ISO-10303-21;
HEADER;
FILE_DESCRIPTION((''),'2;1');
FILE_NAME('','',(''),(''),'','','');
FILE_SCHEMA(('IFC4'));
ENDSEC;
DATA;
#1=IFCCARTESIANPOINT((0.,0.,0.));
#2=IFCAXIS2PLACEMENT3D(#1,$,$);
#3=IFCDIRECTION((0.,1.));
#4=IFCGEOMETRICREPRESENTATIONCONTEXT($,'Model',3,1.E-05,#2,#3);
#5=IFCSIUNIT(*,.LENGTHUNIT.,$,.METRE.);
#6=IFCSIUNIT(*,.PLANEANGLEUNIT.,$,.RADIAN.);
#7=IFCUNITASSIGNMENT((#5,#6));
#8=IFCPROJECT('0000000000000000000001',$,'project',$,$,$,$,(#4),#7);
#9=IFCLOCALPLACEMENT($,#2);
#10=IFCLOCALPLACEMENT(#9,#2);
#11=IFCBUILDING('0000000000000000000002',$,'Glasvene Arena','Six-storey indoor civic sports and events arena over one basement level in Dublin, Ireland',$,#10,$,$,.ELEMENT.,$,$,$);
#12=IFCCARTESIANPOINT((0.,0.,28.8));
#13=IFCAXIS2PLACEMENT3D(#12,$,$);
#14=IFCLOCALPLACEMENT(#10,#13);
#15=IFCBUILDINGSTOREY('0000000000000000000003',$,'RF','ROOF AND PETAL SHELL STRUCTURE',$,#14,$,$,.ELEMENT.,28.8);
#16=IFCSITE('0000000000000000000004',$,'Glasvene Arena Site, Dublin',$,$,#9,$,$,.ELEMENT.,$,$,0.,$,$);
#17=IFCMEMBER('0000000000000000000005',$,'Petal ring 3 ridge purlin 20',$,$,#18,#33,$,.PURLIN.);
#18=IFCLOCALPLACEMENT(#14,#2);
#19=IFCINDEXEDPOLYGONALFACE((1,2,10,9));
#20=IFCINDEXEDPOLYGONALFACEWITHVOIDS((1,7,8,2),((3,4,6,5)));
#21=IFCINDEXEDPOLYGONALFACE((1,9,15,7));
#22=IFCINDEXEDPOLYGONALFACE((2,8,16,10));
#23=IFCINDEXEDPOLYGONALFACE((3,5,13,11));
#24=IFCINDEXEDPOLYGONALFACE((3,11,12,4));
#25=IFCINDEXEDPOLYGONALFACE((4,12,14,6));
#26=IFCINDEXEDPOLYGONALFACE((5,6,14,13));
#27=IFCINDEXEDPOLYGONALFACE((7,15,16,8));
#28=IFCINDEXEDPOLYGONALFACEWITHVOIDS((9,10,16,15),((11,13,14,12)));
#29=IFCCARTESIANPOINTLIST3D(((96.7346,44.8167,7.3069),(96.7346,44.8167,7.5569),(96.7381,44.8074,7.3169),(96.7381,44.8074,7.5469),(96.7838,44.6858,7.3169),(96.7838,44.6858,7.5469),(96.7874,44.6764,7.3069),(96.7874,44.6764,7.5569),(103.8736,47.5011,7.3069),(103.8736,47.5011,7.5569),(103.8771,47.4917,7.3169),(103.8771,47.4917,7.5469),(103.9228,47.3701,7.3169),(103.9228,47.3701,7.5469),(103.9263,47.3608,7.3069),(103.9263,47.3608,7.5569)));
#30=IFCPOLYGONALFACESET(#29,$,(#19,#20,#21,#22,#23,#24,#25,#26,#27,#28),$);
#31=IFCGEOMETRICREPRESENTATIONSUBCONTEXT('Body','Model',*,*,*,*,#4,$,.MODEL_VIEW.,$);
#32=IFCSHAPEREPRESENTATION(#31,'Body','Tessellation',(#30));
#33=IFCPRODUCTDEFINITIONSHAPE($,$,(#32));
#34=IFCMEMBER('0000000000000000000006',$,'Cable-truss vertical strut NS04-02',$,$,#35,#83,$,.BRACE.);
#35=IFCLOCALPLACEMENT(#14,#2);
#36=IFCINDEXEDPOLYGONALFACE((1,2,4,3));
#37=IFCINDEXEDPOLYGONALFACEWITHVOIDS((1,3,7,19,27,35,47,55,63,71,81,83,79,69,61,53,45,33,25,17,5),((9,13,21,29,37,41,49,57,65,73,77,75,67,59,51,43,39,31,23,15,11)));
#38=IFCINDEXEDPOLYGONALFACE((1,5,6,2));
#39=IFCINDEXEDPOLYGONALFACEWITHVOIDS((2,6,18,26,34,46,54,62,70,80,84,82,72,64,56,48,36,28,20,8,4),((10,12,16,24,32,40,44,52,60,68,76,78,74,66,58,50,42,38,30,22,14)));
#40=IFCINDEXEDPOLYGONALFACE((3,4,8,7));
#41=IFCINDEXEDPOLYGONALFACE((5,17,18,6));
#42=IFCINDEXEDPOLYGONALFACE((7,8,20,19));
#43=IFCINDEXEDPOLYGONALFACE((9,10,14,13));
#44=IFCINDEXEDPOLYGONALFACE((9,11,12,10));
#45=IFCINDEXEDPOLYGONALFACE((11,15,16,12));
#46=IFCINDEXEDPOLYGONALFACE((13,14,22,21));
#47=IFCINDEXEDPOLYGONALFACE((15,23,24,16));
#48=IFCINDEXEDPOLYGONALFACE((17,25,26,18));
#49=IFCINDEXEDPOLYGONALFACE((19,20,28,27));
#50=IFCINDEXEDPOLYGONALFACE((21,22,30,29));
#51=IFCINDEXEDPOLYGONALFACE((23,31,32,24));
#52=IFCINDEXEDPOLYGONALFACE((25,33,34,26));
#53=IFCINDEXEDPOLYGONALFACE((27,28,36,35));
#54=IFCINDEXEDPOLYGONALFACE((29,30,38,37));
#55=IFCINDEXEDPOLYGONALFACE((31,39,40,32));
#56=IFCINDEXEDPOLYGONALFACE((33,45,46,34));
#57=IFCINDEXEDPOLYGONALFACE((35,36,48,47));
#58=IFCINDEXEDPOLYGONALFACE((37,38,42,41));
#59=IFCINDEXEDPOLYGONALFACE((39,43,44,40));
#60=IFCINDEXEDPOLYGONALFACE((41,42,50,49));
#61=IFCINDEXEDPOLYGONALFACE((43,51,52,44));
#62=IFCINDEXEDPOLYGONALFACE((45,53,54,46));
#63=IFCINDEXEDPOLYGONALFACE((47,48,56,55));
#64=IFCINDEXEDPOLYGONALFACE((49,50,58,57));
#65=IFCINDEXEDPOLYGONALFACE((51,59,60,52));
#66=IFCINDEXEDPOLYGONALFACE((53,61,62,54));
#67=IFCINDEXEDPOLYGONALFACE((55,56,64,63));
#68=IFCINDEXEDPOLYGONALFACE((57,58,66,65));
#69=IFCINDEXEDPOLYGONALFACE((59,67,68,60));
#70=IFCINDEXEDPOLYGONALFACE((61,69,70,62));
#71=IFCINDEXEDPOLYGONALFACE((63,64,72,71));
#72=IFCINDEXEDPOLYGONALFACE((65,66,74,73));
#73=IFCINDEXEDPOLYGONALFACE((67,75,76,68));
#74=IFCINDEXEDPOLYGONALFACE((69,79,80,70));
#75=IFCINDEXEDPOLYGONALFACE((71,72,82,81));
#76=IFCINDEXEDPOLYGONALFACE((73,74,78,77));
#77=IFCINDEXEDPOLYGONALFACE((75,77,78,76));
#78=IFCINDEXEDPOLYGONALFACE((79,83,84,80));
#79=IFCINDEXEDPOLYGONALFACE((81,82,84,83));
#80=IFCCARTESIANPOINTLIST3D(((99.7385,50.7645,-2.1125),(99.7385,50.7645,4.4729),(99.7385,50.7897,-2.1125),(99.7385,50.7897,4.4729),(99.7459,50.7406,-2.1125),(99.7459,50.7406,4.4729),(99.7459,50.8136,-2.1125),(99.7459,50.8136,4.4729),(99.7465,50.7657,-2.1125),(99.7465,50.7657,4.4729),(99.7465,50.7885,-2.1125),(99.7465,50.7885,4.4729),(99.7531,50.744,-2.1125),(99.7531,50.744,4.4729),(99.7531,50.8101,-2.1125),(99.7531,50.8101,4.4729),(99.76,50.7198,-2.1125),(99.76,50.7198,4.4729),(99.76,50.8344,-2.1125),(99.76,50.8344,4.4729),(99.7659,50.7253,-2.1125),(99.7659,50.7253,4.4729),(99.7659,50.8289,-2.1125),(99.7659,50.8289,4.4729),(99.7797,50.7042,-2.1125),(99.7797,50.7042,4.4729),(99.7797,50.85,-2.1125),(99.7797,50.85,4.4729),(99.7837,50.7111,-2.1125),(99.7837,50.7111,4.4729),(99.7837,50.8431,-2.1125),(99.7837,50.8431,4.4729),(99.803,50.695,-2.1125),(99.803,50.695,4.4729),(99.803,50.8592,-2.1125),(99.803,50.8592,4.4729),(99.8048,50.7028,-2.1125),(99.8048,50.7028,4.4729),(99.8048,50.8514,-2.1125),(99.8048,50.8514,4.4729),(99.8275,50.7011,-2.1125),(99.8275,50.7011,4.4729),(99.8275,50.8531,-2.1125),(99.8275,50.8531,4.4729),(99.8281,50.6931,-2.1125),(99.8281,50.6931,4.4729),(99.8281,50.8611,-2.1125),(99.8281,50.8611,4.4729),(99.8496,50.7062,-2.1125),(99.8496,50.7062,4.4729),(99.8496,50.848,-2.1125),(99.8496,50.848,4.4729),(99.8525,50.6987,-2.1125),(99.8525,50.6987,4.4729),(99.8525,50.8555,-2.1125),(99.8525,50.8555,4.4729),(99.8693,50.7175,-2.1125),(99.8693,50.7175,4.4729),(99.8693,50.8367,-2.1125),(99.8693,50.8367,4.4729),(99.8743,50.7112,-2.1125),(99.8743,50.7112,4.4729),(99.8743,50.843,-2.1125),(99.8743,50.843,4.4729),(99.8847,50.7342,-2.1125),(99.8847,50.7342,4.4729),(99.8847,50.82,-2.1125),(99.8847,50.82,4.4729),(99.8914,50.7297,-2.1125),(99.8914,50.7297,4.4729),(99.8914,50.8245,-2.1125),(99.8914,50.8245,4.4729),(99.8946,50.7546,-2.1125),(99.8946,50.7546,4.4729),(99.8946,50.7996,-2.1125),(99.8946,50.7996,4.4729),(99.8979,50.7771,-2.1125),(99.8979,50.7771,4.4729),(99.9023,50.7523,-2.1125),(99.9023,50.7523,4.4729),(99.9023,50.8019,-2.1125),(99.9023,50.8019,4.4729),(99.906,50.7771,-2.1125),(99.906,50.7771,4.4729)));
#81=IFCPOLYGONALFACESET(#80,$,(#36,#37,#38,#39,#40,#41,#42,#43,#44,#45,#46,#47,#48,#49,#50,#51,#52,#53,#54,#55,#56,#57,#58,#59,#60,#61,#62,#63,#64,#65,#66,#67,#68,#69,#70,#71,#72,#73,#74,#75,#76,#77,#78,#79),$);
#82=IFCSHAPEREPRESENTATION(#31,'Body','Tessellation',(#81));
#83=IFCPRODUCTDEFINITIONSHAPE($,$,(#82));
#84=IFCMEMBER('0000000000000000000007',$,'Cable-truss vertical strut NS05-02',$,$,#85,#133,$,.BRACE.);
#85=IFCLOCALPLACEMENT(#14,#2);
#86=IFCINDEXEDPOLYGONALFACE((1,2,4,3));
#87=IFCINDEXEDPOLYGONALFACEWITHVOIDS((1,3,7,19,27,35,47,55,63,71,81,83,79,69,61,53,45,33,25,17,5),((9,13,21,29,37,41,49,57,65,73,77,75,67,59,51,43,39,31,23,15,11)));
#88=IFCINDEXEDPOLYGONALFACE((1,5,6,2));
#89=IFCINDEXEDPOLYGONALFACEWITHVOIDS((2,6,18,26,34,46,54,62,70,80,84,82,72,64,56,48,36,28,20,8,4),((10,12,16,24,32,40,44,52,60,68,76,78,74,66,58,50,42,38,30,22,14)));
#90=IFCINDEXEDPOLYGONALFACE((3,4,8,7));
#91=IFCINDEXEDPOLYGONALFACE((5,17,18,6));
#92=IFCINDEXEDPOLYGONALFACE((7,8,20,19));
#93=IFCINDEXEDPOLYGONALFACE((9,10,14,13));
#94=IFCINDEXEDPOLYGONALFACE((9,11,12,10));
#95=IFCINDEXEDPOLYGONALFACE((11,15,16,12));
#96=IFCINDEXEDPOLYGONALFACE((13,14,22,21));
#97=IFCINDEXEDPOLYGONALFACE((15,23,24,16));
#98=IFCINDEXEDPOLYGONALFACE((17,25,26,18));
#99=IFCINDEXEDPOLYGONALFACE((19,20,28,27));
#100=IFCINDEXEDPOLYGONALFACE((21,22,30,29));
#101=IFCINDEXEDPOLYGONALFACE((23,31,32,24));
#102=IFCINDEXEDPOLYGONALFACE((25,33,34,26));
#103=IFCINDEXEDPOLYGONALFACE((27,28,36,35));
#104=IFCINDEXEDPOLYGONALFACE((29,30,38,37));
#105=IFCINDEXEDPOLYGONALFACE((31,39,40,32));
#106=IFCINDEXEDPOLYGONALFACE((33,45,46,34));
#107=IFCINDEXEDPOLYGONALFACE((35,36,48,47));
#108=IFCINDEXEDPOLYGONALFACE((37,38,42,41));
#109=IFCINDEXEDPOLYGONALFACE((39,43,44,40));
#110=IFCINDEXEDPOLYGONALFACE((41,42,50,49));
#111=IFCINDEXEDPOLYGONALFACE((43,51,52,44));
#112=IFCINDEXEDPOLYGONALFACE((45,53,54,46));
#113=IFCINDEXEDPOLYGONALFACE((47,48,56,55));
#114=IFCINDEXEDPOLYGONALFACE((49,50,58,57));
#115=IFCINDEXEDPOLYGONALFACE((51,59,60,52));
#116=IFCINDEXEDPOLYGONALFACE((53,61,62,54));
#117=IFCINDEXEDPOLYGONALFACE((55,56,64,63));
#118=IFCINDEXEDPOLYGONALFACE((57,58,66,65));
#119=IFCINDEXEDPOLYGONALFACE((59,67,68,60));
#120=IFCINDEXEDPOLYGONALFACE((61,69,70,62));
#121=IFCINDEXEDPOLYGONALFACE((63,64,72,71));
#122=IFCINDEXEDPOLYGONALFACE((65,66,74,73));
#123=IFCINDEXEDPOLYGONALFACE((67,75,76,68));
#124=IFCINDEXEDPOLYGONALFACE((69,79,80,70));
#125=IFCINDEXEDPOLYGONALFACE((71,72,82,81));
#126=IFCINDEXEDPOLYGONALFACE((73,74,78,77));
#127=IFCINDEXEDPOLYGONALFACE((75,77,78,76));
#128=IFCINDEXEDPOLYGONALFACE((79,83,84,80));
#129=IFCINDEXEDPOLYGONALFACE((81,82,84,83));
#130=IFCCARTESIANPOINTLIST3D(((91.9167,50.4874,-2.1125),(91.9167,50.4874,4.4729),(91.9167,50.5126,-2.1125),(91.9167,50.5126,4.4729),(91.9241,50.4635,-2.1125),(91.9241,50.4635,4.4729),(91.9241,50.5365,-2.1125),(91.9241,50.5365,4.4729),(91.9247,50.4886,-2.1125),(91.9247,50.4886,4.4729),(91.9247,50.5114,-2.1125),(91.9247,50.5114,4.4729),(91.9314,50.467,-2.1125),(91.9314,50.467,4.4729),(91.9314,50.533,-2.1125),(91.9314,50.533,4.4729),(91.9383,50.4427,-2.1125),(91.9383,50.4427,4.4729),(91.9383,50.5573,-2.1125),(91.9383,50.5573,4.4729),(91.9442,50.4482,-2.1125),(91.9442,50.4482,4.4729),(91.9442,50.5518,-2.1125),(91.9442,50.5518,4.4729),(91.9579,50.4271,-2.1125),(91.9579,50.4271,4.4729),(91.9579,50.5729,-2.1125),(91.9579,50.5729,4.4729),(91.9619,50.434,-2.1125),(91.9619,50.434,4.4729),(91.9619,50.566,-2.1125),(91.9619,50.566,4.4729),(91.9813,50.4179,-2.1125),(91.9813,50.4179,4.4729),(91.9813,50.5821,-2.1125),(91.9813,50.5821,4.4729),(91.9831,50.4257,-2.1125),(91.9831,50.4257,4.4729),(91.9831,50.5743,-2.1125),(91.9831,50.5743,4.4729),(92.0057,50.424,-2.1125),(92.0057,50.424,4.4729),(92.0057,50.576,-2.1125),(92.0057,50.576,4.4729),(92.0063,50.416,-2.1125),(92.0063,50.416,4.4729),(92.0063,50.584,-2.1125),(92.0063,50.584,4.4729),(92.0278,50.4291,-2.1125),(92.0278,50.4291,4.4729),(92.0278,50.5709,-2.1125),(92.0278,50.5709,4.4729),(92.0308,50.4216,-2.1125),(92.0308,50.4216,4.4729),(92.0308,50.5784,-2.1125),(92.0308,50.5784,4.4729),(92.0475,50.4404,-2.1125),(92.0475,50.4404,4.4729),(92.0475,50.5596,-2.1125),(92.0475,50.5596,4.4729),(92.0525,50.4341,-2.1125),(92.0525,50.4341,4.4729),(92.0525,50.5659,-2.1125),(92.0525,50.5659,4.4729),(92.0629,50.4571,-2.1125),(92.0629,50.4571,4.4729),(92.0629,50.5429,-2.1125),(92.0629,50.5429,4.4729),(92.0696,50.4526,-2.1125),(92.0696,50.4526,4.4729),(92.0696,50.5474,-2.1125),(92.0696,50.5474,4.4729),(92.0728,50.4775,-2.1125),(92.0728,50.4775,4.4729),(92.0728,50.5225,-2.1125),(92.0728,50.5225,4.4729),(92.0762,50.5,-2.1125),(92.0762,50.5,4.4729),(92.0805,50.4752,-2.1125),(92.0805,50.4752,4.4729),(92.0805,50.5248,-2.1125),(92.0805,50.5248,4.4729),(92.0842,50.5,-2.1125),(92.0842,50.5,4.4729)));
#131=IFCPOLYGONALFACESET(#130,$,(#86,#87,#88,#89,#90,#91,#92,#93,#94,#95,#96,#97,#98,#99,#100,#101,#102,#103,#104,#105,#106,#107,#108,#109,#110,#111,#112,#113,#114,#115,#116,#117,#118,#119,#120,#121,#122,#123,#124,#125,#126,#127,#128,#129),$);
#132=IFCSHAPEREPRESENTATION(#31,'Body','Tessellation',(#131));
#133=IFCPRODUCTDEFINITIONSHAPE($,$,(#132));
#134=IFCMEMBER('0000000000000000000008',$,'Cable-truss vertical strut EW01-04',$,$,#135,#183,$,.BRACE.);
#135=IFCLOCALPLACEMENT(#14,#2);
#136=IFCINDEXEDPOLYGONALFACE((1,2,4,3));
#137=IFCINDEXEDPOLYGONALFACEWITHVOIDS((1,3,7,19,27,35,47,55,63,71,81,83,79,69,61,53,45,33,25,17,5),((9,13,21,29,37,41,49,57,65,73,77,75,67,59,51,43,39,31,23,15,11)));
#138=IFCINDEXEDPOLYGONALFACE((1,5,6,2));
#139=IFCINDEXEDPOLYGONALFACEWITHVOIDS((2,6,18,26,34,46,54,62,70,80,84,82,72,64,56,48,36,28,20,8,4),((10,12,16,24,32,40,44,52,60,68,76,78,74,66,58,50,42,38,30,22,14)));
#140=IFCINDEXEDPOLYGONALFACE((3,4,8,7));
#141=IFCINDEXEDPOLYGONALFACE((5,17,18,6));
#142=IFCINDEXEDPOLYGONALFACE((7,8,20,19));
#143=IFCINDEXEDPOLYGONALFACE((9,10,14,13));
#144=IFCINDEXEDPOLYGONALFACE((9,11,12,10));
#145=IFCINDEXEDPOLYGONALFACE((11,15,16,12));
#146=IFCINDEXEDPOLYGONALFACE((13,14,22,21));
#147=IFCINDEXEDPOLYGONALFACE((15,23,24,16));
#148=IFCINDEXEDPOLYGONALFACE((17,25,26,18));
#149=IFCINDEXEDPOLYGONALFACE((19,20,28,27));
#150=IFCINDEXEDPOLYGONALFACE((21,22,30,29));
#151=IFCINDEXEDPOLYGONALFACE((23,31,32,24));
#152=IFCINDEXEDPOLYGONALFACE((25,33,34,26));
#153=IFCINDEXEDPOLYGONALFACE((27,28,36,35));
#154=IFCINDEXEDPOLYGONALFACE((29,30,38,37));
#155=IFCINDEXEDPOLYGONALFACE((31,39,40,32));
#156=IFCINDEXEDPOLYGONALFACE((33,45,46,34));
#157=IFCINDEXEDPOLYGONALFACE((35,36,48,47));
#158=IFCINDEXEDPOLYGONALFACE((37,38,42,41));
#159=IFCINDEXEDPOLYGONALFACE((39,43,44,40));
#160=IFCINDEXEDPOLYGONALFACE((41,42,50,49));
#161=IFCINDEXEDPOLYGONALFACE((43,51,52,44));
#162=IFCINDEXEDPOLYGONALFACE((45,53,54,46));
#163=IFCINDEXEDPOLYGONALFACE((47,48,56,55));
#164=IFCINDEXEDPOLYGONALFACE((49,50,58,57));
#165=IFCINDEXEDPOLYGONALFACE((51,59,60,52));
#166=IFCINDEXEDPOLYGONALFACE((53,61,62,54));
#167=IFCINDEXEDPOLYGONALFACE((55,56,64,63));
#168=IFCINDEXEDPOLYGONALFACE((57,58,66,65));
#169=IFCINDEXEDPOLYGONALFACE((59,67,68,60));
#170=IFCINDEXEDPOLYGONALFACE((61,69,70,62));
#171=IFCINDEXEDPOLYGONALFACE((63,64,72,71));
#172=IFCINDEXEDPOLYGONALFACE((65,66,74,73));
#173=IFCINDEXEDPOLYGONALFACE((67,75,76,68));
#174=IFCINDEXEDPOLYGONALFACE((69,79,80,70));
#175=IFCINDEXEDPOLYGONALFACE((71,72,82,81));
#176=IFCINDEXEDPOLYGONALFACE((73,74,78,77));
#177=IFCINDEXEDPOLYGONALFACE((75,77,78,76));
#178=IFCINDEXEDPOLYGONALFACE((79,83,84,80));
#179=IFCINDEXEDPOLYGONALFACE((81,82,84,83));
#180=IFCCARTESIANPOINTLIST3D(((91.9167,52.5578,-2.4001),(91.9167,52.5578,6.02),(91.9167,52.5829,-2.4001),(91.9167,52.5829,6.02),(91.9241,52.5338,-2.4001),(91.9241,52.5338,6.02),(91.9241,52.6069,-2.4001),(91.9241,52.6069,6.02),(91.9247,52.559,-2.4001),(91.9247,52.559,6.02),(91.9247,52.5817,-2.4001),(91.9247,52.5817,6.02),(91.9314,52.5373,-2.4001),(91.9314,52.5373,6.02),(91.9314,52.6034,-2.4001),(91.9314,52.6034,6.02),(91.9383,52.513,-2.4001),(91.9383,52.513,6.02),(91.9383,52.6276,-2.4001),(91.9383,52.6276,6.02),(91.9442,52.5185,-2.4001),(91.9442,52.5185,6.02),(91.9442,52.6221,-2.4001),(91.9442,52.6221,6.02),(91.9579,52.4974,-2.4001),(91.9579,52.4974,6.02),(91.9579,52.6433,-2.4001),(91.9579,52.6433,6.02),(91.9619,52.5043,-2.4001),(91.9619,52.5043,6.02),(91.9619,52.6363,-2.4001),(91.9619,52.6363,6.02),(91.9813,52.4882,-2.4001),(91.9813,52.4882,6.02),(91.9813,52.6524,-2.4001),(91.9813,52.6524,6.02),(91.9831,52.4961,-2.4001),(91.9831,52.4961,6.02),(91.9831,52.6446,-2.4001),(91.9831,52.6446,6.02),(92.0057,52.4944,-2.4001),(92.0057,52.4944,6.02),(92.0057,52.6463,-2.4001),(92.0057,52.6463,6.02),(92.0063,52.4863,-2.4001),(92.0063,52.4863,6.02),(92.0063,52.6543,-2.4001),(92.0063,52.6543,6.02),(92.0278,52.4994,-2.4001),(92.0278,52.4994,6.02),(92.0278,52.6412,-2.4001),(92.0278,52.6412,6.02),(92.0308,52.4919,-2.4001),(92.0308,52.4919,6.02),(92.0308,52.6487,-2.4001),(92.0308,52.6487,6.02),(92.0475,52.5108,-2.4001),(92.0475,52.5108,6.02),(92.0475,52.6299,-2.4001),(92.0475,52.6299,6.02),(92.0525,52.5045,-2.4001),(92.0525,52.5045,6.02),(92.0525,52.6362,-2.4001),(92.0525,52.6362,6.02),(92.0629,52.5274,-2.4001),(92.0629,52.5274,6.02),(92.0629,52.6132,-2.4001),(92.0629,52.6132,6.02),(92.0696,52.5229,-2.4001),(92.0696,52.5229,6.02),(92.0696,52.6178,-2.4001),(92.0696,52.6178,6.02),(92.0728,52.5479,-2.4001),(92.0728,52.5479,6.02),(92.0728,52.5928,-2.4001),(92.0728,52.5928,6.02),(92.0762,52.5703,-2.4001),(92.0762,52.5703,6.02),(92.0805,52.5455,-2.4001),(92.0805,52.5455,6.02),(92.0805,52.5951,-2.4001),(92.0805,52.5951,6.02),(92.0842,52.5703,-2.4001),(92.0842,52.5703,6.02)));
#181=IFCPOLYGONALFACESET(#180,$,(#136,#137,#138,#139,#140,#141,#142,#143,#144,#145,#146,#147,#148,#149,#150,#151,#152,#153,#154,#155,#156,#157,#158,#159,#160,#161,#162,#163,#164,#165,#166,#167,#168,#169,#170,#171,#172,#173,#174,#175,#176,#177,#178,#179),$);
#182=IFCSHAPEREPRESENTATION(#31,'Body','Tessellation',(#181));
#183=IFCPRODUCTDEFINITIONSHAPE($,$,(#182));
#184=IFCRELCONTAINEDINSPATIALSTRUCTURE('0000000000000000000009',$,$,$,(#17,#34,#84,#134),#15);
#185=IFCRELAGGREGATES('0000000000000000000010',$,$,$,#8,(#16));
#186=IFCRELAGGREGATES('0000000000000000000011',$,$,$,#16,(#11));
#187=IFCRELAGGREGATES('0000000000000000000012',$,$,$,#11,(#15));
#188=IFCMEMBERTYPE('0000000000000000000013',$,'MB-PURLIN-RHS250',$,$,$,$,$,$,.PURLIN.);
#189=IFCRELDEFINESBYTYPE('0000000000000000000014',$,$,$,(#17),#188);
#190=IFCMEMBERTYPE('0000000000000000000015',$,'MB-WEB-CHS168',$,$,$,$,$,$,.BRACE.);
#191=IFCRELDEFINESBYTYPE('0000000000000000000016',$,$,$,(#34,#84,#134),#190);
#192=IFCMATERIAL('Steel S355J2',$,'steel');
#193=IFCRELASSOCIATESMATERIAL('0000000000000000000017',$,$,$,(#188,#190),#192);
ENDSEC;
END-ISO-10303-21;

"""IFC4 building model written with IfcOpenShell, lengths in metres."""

from ifc_helpers import new_model, si_unit, direction, frame, origin, origin_2d, place, context, subcontext, project, spatial, hollow_rectangle, hollow_circle, extrude, material, material_profile, profile_set, type_object, element, save


model = new_model("IFC4")

# Units and contexts
model_context = context("Model", 3, precision=1e-05, world=origin(), true_north=direction((0.0, 1.0)))
body_context = subcontext(model_context, "Body", "Model", "MODEL_VIEW")
ifc_project = project(units=[si_unit("LENGTHUNIT", "METRE"), si_unit("PLANEANGLEUNIT", "RADIAN")], contexts=[model_context])

# Site, building, storey
site_placement = place(None, origin())
site = spatial("IfcSite", under=ifc_project, at=site_placement, Name="Glasvene Arena Site, Dublin", CompositionType="ELEMENT", RefElevation=0.0)
building_placement = place(site_placement, origin())
building = spatial("IfcBuilding", under=site, at=building_placement, Name="Glasvene Arena", Description="Six-storey indoor civic sports and events arena over one basement level in Dublin, Ireland", CompositionType="ELEMENT")
storey_placement = place(building_placement, frame((0.0, 0.0, 28.8)))
storey = spatial("IfcBuildingStorey", under=building, at=storey_placement, Name="RF", Description="ROOF AND PETAL SHELL STRUCTURE", CompositionType="ELEMENT", Elevation=28.8)

# Members
ifc_material_1 = material(Name="Steel S355J2", Category="steel")
ifc_material_profile_1 = material_profile(ifc_material_1, hollow_rectangle(XDim=0.1499, YDim=0.25, WallThickness=0.01, at=origin_2d()), Name="RHS 250x150x10.0")
ifc_profile_set_1 = profile_set([ifc_material_profile_1], Name="Steel S355J2")
member_type_1 = type_object("IfcMemberType", Name="MB-PURLIN-RHS250", PredefinedType="PURLIN", material=ifc_profile_set_1)
member_1_placement = place(storey_placement, frame((96.761, 44.7466, 7.4319), z_axis=(0.936017, 0.351955, 0.0), x_axis=(-0.351955, 0.936017, 0.0)))
element("IfcMember", 1, at=member_1_placement, inside=storey, type_object=member_type_1, Name="Petal ring 3 ridge purlin 20", PredefinedType="PURLIN", context=body_context, shape_type="SweptSolid", body=[
    extrude(hollow_rectangle(XDim=0.1499, YDim=0.25, WallThickness=0.01, at=origin_2d()), origin(), (0.0, 0.0, 1.0), 7.627),
])
ifc_material_profile_2 = material_profile(ifc_material_1, hollow_circle(Radius=0.0842, WallThickness=0.0081, at=origin_2d()), Name="CHS 168.3x8.0")
ifc_profile_set_2 = profile_set([ifc_material_profile_2], Name="Steel S355J2")
member_type_2 = type_object("IfcMemberType", Name="MB-WEB-CHS168", PredefinedType="BRACE", material=ifc_profile_set_2)
for number, where, z_axis, x_axis, name in (
    (2, (99.8218, 50.7771, -2.1125), (0.0, 0.0, 1.0), (1.0, 0.0, 0.0), "Cable-truss vertical strut NS04-02"),
    (3, (92.0, 50.5, -2.1125), (0.0, 0.0, 1.0), (1.0, 0.0, 0.0), "Cable-truss vertical strut NS05-02"),
):
    element("IfcMember", number, at=place(storey_placement, frame(where, z_axis=z_axis, x_axis=x_axis)), inside=storey, type_object=member_type_2, Name=name, PredefinedType="BRACE", context=body_context, shape_type="SweptSolid", body=[
        extrude(hollow_circle(Radius=0.0842, WallThickness=0.0081, at=origin_2d()), origin(), (0.0, 0.0, 1.0), 6.5854),
    ])
member_2_placement = place(storey_placement, frame((92.0, 52.5703, -2.4001), z_axis=(0.0, 0.0, 1.0), x_axis=(1.0, 0.0, 0.0)))
element("IfcMember", 4, at=member_2_placement, inside=storey, type_object=member_type_2, Name="Cable-truss vertical strut EW01-04", PredefinedType="BRACE", context=body_context, shape_type="SweptSolid", body=[
    extrude(hollow_circle(Radius=0.0842, WallThickness=0.0081, at=origin_2d()), origin(), (0.0, 0.0, 1.0), 8.4202),
])

save(model, "model.ifc")
